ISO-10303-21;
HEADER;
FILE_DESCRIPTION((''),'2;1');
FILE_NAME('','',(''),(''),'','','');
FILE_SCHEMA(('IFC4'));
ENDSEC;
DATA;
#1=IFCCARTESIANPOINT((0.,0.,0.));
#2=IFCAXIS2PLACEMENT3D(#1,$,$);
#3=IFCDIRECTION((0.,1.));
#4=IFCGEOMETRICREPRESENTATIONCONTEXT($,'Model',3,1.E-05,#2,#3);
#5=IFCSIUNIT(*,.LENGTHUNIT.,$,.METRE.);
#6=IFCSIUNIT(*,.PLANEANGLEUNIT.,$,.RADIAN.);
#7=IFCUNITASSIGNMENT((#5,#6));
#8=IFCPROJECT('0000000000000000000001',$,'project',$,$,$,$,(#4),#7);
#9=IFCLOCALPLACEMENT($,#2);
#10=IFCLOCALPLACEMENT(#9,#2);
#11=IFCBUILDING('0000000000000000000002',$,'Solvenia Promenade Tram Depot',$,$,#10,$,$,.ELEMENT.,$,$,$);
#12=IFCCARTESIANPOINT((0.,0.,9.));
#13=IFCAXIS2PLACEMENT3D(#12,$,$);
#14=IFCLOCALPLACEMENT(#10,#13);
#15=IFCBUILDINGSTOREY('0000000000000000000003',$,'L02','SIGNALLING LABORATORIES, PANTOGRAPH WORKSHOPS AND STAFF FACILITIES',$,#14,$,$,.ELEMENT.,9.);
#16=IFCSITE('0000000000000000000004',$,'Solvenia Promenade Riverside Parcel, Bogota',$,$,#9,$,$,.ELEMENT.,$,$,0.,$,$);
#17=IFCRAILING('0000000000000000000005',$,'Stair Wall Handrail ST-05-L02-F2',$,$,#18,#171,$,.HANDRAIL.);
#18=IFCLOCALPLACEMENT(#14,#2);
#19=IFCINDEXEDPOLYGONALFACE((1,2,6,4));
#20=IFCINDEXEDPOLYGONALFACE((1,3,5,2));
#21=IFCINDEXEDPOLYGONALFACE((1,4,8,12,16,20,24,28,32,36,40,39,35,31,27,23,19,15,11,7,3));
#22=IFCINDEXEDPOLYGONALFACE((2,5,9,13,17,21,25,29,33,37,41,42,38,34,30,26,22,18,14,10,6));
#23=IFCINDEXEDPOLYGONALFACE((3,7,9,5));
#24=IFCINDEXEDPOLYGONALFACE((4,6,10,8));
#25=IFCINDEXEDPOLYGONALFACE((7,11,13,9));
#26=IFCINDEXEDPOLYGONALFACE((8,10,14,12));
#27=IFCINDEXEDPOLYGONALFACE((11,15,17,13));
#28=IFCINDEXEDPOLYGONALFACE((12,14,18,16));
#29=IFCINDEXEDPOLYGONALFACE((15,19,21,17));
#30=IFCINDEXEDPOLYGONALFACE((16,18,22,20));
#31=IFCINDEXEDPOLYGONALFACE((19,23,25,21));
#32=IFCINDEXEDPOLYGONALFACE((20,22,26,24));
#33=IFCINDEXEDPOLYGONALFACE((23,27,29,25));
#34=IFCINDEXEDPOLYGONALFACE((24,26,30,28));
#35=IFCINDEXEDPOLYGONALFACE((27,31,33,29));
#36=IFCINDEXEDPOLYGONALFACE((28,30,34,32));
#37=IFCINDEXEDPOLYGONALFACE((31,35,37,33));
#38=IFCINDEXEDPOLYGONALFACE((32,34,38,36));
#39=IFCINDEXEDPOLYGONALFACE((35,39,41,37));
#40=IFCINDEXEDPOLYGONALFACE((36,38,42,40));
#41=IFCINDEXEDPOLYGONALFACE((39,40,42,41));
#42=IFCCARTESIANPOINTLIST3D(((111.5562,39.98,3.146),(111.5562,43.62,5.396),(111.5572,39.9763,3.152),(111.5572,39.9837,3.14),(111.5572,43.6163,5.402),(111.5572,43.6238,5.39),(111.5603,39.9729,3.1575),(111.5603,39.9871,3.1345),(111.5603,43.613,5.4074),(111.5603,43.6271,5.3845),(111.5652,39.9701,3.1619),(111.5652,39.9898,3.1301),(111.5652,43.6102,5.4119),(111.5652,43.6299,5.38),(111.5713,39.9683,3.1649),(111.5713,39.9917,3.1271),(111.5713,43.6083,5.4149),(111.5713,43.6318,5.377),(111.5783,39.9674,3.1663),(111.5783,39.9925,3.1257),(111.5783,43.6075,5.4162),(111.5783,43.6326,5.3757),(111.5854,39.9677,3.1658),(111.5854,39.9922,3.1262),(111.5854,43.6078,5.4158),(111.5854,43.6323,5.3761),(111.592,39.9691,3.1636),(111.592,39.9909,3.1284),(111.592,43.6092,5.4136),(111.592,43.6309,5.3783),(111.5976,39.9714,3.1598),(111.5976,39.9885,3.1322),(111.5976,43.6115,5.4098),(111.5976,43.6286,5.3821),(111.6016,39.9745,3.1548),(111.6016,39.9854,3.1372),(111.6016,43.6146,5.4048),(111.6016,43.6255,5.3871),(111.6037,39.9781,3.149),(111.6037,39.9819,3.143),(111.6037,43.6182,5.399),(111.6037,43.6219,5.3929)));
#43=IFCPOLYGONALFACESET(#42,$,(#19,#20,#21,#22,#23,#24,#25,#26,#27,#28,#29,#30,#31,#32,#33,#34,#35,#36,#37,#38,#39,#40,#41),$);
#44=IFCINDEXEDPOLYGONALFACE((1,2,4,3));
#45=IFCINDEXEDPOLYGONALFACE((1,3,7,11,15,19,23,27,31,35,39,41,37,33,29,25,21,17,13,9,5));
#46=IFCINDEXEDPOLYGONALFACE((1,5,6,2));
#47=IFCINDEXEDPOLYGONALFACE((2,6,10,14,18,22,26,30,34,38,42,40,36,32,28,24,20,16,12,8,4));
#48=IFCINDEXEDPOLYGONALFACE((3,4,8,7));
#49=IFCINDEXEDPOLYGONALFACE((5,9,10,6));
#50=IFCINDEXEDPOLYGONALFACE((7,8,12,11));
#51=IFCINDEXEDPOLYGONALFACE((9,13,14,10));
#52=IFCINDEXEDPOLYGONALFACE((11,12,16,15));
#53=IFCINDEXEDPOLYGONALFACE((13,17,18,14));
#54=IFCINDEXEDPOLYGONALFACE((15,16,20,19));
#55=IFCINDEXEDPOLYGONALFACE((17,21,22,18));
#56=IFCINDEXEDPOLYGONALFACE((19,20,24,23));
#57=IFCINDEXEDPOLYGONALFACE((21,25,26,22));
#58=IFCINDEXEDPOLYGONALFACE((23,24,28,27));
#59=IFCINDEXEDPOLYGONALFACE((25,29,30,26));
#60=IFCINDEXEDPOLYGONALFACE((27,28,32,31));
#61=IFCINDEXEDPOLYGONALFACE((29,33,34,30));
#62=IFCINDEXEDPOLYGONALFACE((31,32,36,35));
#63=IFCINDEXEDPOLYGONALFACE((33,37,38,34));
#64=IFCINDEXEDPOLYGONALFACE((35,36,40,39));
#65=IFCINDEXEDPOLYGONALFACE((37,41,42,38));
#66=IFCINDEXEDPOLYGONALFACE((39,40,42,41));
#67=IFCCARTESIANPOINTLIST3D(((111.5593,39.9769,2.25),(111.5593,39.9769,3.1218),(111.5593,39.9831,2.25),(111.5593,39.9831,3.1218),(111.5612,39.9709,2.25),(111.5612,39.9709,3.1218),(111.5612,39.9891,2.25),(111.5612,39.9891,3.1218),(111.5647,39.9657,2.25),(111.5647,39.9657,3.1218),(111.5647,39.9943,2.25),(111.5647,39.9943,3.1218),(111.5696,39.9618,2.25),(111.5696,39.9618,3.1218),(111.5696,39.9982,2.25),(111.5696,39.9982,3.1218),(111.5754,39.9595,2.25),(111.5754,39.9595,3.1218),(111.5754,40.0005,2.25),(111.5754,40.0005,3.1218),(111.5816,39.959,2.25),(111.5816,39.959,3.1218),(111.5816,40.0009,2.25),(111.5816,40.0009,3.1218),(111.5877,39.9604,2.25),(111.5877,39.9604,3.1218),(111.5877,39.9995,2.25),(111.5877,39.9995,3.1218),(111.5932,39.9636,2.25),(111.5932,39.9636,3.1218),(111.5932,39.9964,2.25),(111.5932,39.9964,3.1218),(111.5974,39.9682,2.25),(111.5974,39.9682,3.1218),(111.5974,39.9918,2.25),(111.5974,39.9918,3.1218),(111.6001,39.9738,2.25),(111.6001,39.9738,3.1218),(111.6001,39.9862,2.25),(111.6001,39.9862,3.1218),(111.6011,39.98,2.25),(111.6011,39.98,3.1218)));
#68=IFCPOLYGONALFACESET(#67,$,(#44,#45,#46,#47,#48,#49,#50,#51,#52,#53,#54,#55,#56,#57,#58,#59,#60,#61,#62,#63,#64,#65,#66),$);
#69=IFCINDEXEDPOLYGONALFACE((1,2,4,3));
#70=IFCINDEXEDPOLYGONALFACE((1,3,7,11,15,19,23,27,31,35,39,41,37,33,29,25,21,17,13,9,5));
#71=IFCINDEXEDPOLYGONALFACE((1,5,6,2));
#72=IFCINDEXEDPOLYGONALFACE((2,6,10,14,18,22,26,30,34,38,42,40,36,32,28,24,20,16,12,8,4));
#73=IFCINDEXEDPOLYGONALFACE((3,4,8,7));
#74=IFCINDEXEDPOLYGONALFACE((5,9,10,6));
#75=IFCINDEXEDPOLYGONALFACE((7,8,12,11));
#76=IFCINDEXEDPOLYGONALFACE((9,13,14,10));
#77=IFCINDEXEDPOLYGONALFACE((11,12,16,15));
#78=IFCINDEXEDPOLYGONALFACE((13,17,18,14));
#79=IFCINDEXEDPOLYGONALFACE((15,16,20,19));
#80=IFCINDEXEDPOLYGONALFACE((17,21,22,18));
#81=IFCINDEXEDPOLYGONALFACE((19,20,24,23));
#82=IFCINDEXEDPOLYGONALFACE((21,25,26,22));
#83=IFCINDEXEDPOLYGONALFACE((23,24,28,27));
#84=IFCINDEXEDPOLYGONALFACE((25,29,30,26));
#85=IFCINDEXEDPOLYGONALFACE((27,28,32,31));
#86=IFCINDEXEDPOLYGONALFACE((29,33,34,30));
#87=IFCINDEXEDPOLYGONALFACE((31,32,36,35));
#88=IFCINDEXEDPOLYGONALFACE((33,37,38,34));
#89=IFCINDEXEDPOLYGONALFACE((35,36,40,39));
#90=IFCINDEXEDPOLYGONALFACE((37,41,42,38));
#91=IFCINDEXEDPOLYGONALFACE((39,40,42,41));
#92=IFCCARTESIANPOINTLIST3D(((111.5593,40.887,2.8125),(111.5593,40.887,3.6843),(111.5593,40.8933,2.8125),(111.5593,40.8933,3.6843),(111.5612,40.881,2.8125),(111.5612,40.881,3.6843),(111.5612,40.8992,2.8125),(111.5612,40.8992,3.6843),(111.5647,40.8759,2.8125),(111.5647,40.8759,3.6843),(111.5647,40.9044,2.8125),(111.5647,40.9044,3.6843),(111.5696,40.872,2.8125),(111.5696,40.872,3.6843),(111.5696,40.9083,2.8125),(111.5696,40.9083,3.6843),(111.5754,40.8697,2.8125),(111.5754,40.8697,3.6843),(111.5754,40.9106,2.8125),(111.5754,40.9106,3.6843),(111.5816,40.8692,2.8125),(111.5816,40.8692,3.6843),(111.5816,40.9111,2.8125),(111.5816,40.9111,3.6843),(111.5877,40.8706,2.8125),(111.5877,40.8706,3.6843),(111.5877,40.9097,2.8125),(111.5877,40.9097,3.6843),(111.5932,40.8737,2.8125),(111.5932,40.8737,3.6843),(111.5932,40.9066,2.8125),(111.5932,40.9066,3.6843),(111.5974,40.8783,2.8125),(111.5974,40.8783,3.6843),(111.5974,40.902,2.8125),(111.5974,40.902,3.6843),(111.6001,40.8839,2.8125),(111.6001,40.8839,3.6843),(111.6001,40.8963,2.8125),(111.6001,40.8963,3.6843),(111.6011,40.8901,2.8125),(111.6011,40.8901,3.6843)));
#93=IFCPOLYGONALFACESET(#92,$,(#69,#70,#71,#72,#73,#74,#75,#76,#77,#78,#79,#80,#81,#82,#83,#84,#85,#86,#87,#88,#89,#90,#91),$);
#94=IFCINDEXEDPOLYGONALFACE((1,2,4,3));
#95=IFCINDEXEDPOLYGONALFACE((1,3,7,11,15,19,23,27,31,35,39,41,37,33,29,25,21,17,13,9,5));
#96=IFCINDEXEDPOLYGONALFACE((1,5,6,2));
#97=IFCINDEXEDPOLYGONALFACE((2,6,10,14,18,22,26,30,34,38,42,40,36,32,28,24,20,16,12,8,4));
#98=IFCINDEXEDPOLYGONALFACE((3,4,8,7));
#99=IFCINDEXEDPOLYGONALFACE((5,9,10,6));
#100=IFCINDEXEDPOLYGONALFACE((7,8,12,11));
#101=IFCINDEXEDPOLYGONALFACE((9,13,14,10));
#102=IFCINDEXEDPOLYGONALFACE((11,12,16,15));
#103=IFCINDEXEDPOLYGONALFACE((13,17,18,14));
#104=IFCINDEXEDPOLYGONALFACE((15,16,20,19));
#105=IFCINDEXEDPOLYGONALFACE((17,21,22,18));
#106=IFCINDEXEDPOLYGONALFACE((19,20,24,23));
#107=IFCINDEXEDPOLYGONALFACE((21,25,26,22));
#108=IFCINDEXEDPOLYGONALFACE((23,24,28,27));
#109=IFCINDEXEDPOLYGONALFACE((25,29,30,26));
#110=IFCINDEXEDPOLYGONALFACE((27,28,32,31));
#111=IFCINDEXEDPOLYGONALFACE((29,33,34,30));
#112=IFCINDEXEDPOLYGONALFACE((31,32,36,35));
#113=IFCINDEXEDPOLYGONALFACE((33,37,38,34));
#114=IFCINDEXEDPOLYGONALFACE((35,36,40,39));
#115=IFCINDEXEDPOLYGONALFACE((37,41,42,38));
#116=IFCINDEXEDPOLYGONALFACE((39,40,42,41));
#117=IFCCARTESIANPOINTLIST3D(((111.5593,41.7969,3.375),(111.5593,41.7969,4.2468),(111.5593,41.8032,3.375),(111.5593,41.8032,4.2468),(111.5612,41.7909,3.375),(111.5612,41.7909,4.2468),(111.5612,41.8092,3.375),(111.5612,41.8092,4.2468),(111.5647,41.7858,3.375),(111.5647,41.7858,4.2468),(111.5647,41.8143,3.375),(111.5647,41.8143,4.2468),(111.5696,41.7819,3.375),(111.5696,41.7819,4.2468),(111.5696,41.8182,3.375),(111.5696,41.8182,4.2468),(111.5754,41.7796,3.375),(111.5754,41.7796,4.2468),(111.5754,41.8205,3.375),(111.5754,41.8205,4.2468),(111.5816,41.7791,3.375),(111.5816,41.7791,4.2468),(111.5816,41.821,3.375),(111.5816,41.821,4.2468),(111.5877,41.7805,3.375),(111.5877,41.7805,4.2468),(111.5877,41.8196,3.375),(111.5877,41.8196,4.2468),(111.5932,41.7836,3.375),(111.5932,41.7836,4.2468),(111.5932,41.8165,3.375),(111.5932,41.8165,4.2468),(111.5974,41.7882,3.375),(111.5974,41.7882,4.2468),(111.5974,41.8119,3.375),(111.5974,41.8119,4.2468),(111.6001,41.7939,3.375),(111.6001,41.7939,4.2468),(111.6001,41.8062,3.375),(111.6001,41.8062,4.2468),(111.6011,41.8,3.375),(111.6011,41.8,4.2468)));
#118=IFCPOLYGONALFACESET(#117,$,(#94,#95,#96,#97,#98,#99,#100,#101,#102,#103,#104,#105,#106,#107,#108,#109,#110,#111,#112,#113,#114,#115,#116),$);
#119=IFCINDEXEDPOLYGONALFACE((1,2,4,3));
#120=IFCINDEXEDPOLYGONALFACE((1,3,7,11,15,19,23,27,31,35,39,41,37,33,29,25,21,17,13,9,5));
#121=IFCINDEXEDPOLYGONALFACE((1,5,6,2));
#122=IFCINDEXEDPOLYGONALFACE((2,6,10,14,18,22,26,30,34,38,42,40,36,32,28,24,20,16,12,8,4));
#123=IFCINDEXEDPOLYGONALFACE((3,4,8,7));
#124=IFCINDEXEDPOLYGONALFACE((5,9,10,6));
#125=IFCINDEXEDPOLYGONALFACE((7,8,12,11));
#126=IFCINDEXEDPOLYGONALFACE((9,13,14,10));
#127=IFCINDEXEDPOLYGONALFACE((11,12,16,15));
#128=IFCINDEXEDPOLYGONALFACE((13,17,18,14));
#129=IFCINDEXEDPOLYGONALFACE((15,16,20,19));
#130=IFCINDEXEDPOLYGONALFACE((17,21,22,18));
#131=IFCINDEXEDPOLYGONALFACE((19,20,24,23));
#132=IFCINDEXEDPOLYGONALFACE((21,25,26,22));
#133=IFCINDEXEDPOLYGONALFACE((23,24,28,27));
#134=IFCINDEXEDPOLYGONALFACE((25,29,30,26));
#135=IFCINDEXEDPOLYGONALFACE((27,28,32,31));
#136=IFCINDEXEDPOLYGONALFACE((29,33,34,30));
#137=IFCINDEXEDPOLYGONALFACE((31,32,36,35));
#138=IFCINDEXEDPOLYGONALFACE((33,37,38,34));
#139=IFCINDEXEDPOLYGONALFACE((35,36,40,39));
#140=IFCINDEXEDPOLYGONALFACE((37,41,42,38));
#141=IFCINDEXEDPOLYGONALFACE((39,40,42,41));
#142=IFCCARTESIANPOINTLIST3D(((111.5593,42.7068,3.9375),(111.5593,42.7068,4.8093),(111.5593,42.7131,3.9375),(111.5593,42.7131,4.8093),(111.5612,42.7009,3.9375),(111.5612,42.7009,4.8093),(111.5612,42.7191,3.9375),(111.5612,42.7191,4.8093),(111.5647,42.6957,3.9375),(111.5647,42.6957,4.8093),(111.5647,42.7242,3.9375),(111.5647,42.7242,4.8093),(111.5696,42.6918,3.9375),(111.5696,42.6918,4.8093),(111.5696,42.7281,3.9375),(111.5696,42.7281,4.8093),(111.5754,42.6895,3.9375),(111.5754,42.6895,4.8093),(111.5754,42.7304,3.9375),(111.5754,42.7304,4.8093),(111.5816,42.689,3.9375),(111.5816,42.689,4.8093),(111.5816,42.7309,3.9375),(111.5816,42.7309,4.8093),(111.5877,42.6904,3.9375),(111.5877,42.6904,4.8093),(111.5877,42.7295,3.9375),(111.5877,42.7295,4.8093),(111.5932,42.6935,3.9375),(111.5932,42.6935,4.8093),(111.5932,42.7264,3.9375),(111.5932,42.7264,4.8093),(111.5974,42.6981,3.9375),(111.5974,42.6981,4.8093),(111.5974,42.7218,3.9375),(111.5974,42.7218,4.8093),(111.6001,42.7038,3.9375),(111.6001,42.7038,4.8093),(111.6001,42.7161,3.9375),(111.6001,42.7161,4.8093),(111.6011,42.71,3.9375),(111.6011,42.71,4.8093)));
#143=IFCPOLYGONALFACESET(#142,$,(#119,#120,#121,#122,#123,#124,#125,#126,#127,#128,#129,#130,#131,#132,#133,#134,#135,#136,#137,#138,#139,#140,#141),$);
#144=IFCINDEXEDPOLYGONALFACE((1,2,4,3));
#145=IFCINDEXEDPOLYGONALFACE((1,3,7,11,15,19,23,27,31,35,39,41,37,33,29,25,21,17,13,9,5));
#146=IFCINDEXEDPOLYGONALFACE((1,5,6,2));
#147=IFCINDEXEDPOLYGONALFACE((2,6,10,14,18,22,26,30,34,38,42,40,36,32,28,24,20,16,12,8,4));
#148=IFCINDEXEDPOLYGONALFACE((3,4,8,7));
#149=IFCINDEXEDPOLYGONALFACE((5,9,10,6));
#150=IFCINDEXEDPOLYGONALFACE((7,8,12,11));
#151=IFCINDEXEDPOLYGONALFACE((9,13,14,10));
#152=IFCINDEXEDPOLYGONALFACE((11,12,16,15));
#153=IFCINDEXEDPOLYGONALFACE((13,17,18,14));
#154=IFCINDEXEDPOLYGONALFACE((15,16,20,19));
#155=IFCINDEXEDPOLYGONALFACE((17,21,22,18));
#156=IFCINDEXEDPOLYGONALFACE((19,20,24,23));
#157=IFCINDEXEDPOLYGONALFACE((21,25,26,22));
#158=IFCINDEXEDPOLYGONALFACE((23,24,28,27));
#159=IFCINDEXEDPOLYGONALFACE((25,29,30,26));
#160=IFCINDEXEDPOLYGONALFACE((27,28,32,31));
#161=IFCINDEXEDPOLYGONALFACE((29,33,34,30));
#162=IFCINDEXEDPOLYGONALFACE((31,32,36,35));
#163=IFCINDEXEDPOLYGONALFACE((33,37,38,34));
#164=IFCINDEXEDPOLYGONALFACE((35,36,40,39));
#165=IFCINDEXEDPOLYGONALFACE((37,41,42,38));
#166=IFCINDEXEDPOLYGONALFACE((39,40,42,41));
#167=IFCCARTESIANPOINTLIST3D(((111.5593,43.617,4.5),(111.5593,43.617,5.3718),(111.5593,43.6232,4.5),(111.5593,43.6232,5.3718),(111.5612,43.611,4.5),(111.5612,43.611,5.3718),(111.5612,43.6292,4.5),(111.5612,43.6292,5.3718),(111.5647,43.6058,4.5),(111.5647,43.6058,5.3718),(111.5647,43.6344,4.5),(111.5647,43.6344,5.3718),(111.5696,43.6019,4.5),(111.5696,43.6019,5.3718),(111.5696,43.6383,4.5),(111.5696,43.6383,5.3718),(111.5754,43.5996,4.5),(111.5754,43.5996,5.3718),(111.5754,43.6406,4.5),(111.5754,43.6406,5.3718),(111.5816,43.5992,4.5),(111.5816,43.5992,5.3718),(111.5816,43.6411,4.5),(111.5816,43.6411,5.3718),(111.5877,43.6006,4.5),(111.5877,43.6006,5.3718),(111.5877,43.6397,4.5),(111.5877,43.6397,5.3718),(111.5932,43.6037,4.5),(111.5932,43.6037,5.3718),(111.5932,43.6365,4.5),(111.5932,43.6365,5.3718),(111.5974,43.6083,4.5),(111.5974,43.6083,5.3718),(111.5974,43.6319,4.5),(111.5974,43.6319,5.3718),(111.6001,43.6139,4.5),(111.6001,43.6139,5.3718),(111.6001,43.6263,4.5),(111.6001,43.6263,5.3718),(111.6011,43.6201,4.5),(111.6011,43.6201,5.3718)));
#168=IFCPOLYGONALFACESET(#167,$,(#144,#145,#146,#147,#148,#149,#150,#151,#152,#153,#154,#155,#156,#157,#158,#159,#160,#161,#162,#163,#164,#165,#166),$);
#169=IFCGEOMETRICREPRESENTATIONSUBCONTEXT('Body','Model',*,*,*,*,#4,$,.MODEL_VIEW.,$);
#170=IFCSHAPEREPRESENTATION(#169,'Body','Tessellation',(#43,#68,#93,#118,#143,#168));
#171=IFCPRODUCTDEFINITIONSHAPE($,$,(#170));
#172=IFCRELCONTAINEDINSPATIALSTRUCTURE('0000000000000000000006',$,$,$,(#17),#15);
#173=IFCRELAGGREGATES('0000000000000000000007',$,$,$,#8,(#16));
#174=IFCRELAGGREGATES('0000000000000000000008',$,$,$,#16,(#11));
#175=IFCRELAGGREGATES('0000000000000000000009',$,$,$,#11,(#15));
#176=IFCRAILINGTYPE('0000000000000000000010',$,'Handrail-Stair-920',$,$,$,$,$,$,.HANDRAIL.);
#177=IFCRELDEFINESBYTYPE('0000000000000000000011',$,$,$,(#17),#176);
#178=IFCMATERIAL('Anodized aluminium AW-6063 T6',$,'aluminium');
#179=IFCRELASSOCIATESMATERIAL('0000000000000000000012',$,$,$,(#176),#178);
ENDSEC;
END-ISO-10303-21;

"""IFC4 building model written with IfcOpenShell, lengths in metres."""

from ifc_helpers import new_model, si_unit, direction, frame, origin, origin_2d, place, context, subcontext, project, spatial, circle, extrude, material, type_object, element, save


model = new_model("IFC4")

# Units and contexts
model_context = context("Model", 3, precision=1e-05, world=origin(), true_north=direction((0.0, 1.0)))
body_context = subcontext(model_context, "Body", "Model", "MODEL_VIEW")
ifc_project = project(units=[si_unit("LENGTHUNIT", "METRE"), si_unit("PLANEANGLEUNIT", "RADIAN")], contexts=[model_context])

# Site, building, storey
site_placement = place(None, origin())
site = spatial("IfcSite", under=ifc_project, at=site_placement, Name="Solvenia Promenade Riverside Parcel, Bogota", CompositionType="ELEMENT", RefElevation=0.0)
building_placement = place(site_placement, origin())
building = spatial("IfcBuilding", under=site, at=building_placement, Name="Solvenia Promenade Tram Depot", CompositionType="ELEMENT")
storey_placement = place(building_placement, frame((0.0, 0.0, 9.0)))
storey = spatial("IfcBuildingStorey", under=building, at=storey_placement, Name="L02", Description="SIGNALLING LABORATORIES, PANTOGRAPH WORKSHOPS AND STAFF FACILITIES", CompositionType="ELEMENT", Elevation=9.0)

# Railing
ifc_material_1 = material(Name="Anodized aluminium AW-6063 T6", Category="aluminium")
railing_type_1 = type_object("IfcRailingType", Name="Handrail-Stair-920", PredefinedType="HANDRAIL", material=ifc_material_1)
railing_1_placement = place(storey_placement, frame((111.5801, 39.98, 2.25)))
element("IfcRailing", 1, at=railing_1_placement, inside=storey, type_object=railing_type_1, Name="Stair Wall Handrail ST-05-L02-F2", PredefinedType="HANDRAIL", context=body_context, shape_type="SweptSolid", body=[
    extrude(circle(Radius=0.0239, at=origin_2d()), frame((0.0, 0.0, 0.896), z_axis=(0.0, 0.850622, 0.525777), x_axis=(-1.0, 0.0, 0.0)), (0.0, 0.0, 1.0), 4.2793),
    extrude(circle(Radius=0.021, at=origin_2d()), origin(), (0.0, 0.0, 1.0), 0.8718),
    extrude(circle(Radius=0.021, at=origin_2d()), frame((0.0, 0.9102, 0.5625)), (0.0, 0.0, 1.0), 0.8718),
    extrude(circle(Radius=0.021, at=origin_2d()), frame((0.0, 1.8201, 1.125)), (0.0, 0.0, 1.0), 0.8718),
    extrude(circle(Radius=0.021, at=origin_2d()), frame((0.0, 2.73, 1.6875)), (0.0, 0.0, 1.0), 0.8718),
    extrude(circle(Radius=0.021, at=origin_2d()), frame((0.0, 3.6401, 2.25)), (0.0, 0.0, 1.0), 0.8718),
])

save(model, "model.ifc")
